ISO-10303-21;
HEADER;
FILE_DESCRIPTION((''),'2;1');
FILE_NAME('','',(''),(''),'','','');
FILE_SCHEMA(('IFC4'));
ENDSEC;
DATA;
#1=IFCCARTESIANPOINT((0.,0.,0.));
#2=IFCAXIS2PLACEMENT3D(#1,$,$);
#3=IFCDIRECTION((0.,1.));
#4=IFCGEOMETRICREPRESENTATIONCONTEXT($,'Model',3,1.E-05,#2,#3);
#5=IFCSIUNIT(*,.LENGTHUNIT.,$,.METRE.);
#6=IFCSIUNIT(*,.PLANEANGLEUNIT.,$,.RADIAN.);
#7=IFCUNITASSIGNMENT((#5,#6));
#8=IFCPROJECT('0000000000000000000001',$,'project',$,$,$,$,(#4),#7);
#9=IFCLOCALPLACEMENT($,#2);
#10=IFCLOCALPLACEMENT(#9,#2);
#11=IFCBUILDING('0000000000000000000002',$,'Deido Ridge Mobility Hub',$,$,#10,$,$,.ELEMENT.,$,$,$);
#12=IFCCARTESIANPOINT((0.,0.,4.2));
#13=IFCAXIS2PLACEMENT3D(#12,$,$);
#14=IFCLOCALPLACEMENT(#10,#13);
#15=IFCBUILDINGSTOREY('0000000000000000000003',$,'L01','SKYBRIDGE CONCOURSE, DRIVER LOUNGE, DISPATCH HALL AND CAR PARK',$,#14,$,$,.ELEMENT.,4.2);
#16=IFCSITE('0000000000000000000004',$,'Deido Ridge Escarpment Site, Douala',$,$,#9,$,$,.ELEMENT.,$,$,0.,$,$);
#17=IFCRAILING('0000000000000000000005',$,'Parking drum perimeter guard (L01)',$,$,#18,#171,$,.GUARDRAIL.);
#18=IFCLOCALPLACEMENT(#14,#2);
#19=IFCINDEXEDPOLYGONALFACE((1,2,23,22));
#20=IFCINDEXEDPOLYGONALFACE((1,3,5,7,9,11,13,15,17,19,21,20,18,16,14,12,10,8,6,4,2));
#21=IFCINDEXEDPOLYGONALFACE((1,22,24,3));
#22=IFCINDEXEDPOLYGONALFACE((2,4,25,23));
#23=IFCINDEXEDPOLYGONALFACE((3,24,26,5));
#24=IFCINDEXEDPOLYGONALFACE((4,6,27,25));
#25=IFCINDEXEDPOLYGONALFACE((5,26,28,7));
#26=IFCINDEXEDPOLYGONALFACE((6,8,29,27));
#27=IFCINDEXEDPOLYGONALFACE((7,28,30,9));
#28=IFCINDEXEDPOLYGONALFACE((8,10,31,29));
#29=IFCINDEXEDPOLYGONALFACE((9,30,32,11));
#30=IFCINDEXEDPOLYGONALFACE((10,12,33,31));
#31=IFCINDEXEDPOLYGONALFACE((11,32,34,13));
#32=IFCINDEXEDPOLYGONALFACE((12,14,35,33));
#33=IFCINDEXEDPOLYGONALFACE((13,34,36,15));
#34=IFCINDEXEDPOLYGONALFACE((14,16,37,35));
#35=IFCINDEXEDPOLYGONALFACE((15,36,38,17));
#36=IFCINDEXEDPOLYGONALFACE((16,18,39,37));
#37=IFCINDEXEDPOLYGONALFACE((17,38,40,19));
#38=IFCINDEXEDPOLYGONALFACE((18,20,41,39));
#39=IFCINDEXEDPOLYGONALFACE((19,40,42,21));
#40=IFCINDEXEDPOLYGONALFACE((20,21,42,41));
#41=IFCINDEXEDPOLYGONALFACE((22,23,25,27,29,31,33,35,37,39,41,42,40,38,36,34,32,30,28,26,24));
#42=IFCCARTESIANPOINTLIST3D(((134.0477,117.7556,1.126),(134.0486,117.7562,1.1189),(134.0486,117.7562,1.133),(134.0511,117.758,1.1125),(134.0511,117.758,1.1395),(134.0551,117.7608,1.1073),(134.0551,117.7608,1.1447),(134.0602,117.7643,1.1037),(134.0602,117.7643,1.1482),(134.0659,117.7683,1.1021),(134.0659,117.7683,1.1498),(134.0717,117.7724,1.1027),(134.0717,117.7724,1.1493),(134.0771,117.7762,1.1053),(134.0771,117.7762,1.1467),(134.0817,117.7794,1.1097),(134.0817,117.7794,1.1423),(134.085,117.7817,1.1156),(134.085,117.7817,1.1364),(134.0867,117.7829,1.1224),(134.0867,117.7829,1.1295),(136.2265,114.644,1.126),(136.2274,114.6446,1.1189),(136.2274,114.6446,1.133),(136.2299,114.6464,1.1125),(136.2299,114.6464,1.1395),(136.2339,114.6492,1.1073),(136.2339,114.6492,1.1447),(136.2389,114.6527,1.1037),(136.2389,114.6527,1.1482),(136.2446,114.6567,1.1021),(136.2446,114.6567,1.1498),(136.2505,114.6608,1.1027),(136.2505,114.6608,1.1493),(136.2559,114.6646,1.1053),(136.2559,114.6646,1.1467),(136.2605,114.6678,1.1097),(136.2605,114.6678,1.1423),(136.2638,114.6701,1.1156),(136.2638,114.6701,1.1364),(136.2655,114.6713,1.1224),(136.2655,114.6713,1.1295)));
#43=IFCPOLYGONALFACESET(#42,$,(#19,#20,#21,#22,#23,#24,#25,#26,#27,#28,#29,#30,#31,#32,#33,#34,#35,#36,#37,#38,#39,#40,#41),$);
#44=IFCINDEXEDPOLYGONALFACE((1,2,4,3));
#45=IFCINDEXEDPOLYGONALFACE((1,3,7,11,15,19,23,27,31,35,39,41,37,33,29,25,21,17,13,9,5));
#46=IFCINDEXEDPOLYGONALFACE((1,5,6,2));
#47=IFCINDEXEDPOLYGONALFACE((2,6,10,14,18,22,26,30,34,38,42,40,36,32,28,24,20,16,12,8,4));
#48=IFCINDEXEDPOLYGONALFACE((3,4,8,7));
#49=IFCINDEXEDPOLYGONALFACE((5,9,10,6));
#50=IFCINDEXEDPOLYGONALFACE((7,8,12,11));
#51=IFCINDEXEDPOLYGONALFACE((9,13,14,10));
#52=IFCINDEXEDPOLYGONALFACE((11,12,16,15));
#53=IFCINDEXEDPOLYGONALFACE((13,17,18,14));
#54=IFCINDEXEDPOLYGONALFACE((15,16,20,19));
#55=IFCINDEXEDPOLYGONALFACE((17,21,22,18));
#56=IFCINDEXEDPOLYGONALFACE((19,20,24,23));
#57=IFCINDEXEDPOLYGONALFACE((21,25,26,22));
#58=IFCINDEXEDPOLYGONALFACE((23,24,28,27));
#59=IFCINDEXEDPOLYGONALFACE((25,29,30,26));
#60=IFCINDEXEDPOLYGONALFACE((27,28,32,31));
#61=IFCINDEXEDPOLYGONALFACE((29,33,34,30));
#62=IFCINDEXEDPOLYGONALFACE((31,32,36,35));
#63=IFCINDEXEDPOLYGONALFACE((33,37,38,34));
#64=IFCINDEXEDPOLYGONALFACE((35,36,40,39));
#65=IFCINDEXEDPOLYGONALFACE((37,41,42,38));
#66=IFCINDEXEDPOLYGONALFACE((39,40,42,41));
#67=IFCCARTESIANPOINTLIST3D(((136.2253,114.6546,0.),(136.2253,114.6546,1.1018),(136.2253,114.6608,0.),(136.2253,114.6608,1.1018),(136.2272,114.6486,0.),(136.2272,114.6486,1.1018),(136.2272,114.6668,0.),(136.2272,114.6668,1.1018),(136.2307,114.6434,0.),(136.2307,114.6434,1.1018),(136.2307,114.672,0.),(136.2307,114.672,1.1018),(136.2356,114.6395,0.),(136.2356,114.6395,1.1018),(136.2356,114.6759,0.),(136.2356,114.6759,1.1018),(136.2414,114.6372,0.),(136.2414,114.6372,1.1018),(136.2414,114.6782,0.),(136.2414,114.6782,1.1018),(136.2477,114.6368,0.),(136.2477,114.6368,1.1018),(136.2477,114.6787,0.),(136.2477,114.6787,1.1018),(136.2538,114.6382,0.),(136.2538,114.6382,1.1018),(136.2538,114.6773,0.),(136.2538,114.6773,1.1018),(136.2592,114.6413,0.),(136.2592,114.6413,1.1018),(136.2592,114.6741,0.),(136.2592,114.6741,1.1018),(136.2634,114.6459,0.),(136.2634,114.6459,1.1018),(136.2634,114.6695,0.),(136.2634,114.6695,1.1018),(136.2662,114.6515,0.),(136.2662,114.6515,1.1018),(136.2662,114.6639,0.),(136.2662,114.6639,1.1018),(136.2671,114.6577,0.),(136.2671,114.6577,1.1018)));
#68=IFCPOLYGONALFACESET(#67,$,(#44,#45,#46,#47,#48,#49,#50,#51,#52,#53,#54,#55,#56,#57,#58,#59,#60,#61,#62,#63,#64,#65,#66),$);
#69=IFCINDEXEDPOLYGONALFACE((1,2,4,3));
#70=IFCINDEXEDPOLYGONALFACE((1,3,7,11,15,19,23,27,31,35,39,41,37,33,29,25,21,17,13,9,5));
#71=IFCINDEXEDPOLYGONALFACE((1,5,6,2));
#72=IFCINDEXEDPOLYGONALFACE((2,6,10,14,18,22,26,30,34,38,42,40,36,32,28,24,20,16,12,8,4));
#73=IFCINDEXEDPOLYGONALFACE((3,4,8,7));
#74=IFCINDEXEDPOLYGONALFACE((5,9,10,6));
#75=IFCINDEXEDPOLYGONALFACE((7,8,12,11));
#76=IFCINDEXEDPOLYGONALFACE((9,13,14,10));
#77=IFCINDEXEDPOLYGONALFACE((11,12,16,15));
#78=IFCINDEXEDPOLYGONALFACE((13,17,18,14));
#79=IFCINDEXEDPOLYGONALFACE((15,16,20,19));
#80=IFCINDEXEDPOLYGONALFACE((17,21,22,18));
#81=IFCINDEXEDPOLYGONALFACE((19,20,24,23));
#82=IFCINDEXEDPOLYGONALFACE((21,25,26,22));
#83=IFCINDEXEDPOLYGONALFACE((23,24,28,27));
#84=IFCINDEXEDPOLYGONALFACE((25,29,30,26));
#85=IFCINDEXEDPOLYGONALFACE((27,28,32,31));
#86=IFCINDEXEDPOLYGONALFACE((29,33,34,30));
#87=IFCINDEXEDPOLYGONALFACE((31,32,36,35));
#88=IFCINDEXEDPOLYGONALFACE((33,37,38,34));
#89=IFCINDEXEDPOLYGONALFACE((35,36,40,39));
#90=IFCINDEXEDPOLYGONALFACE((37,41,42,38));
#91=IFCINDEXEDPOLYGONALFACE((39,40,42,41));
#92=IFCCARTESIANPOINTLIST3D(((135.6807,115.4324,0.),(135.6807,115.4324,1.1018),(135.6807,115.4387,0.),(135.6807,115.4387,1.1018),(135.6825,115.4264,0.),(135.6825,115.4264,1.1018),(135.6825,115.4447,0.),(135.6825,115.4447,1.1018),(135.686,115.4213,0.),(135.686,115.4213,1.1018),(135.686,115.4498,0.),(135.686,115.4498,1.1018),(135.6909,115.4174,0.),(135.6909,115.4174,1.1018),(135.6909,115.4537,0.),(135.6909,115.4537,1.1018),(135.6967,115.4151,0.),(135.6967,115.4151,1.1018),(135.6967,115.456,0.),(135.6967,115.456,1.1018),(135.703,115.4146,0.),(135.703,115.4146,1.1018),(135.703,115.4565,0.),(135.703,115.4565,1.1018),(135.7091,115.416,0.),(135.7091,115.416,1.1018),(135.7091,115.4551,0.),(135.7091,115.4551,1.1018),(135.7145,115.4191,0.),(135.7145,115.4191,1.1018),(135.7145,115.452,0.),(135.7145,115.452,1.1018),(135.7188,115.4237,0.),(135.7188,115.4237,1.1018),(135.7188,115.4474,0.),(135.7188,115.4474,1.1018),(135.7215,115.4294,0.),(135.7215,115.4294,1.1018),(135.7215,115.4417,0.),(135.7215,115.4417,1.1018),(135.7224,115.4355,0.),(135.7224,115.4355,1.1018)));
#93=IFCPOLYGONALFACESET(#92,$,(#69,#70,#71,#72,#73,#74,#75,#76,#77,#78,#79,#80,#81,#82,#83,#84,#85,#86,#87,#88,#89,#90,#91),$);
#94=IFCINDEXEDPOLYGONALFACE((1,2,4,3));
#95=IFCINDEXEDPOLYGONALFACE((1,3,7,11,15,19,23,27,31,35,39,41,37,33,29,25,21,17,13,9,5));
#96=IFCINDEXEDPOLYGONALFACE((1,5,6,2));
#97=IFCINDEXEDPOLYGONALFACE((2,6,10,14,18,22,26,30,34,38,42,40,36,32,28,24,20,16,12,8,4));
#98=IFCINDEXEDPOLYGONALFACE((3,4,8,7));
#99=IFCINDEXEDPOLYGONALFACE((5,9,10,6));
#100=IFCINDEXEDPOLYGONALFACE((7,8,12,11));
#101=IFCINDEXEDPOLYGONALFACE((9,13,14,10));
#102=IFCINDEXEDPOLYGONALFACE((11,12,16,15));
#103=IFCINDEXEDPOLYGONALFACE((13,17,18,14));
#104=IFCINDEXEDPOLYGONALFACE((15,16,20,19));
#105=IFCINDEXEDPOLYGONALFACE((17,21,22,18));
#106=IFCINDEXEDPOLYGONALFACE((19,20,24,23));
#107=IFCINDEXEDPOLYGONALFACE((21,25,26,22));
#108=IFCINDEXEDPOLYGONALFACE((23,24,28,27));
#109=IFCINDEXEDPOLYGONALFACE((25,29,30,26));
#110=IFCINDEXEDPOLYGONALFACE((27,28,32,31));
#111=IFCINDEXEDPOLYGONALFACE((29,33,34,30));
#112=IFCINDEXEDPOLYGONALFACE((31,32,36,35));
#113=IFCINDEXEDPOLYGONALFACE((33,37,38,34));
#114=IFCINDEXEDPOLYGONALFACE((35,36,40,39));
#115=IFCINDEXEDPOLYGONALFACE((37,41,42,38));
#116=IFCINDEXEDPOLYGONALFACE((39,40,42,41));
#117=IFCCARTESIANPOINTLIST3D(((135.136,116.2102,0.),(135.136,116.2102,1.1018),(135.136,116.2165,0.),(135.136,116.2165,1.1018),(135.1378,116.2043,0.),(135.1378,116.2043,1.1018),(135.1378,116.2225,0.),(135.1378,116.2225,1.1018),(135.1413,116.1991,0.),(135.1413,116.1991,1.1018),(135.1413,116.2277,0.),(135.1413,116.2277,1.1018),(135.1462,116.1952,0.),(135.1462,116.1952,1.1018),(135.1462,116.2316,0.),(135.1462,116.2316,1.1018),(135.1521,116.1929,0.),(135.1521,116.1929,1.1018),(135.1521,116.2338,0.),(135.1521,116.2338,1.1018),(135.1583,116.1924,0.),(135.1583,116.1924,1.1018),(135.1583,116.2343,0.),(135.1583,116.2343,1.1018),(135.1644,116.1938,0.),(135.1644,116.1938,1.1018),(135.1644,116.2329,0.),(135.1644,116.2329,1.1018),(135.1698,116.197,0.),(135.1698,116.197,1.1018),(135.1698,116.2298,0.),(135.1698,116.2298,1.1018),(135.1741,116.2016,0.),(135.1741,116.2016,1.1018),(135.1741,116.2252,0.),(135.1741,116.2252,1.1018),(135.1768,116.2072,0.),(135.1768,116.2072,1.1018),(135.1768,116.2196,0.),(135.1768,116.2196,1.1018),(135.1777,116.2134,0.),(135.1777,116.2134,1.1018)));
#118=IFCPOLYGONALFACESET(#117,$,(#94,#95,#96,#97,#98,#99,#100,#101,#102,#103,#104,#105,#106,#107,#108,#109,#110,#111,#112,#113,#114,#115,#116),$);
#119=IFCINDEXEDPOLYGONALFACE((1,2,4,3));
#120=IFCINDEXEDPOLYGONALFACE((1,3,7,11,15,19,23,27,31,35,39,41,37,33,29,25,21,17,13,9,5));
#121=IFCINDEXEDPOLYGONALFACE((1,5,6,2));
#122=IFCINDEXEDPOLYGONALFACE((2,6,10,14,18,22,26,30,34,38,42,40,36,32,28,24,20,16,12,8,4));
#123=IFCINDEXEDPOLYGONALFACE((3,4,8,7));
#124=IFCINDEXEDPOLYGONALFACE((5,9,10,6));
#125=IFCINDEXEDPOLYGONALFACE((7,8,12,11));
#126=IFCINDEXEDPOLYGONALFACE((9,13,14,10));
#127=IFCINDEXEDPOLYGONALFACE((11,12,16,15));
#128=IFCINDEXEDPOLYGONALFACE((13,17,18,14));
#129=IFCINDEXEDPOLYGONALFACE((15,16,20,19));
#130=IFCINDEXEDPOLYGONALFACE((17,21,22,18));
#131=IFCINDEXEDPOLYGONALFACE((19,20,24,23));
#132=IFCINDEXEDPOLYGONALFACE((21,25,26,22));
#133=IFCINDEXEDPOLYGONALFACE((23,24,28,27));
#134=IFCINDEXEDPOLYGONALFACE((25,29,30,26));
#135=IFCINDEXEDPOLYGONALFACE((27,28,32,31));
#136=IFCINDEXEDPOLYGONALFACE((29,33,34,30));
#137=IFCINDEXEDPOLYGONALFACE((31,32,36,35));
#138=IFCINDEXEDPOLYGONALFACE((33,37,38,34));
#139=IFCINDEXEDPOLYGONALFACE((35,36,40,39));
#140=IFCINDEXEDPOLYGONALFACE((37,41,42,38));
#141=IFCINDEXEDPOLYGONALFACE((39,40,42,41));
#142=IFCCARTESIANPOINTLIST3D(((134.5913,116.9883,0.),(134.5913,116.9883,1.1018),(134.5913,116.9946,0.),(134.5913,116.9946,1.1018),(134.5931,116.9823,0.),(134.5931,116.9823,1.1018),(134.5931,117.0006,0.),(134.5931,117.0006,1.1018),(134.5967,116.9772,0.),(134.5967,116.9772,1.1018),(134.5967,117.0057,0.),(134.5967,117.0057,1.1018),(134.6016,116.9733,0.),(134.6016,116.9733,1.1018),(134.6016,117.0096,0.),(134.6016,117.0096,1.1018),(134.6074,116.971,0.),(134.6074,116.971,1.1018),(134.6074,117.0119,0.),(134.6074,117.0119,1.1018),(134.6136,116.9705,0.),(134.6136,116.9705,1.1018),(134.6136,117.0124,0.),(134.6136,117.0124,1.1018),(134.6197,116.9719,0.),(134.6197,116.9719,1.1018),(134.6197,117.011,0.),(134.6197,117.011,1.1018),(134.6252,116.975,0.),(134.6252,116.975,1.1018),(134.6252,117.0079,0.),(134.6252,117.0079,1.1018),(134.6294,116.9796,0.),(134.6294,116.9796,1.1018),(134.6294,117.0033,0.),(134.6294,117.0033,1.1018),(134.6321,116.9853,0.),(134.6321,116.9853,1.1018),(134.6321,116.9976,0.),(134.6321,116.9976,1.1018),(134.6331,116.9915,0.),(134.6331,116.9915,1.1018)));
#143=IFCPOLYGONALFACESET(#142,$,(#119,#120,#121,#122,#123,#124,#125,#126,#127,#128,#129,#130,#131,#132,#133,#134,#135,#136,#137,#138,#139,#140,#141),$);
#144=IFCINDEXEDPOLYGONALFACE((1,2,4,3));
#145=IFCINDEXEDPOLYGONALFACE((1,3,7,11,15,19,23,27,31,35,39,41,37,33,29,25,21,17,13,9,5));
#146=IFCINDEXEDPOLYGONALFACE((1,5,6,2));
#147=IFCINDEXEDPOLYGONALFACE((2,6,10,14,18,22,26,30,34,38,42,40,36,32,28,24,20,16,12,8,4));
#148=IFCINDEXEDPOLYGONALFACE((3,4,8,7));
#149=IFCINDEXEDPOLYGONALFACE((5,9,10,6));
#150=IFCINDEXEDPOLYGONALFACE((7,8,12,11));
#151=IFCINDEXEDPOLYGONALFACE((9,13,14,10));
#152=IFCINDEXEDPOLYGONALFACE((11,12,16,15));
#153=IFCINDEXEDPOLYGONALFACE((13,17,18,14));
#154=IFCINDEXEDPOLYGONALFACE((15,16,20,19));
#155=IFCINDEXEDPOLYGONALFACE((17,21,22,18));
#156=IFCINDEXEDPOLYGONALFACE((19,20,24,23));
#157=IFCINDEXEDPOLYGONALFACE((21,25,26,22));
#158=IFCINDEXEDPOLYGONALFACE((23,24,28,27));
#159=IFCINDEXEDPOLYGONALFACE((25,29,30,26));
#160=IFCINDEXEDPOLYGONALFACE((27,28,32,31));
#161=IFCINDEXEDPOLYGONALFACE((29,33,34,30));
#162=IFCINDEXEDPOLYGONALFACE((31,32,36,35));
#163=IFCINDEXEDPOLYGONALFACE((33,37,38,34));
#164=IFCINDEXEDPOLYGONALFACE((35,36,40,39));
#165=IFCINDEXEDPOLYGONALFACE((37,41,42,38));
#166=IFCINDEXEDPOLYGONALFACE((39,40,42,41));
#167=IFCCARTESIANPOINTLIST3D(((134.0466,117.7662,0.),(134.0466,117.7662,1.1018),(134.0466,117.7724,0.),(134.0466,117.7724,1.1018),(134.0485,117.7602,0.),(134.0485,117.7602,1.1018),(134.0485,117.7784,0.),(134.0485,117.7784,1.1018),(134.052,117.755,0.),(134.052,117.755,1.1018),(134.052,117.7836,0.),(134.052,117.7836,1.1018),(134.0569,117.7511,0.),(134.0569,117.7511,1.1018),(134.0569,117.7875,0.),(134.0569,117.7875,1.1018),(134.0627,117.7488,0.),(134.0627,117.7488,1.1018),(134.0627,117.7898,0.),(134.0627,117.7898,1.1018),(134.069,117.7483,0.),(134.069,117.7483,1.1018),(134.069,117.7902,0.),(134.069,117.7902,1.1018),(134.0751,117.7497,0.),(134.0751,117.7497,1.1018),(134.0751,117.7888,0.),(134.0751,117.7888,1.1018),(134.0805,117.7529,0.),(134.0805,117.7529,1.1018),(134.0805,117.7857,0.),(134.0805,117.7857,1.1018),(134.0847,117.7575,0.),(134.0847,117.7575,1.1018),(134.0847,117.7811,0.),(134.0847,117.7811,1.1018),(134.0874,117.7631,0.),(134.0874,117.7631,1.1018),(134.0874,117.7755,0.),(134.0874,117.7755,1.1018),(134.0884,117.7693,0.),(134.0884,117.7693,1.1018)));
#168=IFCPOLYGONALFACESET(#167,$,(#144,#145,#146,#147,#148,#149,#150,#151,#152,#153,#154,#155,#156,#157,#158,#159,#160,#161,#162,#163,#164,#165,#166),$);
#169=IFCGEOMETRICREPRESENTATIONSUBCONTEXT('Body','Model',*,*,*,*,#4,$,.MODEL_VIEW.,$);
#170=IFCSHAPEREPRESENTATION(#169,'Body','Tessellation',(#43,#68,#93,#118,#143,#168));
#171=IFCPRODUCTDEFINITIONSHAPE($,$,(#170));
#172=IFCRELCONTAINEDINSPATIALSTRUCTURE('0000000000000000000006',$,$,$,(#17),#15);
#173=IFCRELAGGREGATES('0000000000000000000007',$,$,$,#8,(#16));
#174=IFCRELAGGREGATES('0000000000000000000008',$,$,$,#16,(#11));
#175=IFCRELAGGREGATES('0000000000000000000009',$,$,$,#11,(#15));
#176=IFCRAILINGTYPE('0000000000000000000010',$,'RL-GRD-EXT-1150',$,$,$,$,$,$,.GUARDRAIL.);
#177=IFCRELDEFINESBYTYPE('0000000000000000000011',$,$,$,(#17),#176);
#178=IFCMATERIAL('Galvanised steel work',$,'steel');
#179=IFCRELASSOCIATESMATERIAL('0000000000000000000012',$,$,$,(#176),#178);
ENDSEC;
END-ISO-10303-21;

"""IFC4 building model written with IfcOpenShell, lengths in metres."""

from ifc_helpers import new_model, si_unit, direction, frame, origin, origin_2d, place, context, subcontext, project, spatial, circle, extrude, material, type_object, element, save


model = new_model("IFC4")

# Units and contexts
model_context = context("Model", 3, precision=1e-05, world=origin(), true_north=direction((0.0, 1.0)))
body_context = subcontext(model_context, "Body", "Model", "MODEL_VIEW")
ifc_project = project(units=[si_unit("LENGTHUNIT", "METRE"), si_unit("PLANEANGLEUNIT", "RADIAN")], contexts=[model_context])

# Site, building, storey
site_placement = place(None, origin())
site = spatial("IfcSite", under=ifc_project, at=site_placement, Name="Deido Ridge Escarpment Site, Douala", CompositionType="ELEMENT", RefElevation=0.0)
building_placement = place(site_placement, origin())
building = spatial("IfcBuilding", under=site, at=building_placement, Name="Deido Ridge Mobility Hub", CompositionType="ELEMENT")
storey_placement = place(building_placement, frame((0.0, 0.0, 4.2)))
storey = spatial("IfcBuildingStorey", under=building, at=storey_placement, Name="L01", Description="SKYBRIDGE CONCOURSE, DRIVER LOUNGE, DISPATCH HALL AND CAR PARK", CompositionType="ELEMENT", Elevation=4.2)

# Railing
ifc_material_1 = material(Name="Galvanised steel work", Category="steel")
railing_type = type_object("IfcRailingType", Name="RL-GRD-EXT-1150", PredefinedType="GUARDRAIL", material=ifc_material_1)
railing_1_placement = place(storey_placement, frame((136.2461, 114.6577, 0.0)))
element("IfcRailing", 1, at=railing_1_placement, inside=storey, type_object=railing_type, Name="Parking drum perimeter guard (L01)", PredefinedType="GUARDRAIL", context=body_context, shape_type="SweptSolid", body=[
    extrude(circle(Radius=0.0239, at=origin_2d()), frame((0.0, 0.0, 1.126), z_axis=(-0.57357, 0.819156, 0.0), x_axis=(-0.819156, -0.57357, 0.0)), (0.0, 0.0, 1.0), 3.7986),
    extrude(circle(Radius=0.021, at=origin_2d()), origin(), (0.0, 0.0, 1.0), 1.1018),
    extrude(circle(Radius=0.021, at=origin_2d()), frame((-0.5447, 0.7778, 0.0)), (0.0, 0.0, 1.0), 1.1018),
    extrude(circle(Radius=0.021, at=origin_2d()), frame((-1.0894, 1.5557, 0.0)), (0.0, 0.0, 1.0), 1.1018),
    extrude(circle(Radius=0.021, at=origin_2d()), frame((-1.634, 2.3337, 0.0)), (0.0, 0.0, 1.0), 1.1018),
    extrude(circle(Radius=0.021, at=origin_2d()), frame((-2.1787, 3.1116, 0.0)), (0.0, 0.0, 1.0), 1.1018),
])

save(model, "model.ifc")
